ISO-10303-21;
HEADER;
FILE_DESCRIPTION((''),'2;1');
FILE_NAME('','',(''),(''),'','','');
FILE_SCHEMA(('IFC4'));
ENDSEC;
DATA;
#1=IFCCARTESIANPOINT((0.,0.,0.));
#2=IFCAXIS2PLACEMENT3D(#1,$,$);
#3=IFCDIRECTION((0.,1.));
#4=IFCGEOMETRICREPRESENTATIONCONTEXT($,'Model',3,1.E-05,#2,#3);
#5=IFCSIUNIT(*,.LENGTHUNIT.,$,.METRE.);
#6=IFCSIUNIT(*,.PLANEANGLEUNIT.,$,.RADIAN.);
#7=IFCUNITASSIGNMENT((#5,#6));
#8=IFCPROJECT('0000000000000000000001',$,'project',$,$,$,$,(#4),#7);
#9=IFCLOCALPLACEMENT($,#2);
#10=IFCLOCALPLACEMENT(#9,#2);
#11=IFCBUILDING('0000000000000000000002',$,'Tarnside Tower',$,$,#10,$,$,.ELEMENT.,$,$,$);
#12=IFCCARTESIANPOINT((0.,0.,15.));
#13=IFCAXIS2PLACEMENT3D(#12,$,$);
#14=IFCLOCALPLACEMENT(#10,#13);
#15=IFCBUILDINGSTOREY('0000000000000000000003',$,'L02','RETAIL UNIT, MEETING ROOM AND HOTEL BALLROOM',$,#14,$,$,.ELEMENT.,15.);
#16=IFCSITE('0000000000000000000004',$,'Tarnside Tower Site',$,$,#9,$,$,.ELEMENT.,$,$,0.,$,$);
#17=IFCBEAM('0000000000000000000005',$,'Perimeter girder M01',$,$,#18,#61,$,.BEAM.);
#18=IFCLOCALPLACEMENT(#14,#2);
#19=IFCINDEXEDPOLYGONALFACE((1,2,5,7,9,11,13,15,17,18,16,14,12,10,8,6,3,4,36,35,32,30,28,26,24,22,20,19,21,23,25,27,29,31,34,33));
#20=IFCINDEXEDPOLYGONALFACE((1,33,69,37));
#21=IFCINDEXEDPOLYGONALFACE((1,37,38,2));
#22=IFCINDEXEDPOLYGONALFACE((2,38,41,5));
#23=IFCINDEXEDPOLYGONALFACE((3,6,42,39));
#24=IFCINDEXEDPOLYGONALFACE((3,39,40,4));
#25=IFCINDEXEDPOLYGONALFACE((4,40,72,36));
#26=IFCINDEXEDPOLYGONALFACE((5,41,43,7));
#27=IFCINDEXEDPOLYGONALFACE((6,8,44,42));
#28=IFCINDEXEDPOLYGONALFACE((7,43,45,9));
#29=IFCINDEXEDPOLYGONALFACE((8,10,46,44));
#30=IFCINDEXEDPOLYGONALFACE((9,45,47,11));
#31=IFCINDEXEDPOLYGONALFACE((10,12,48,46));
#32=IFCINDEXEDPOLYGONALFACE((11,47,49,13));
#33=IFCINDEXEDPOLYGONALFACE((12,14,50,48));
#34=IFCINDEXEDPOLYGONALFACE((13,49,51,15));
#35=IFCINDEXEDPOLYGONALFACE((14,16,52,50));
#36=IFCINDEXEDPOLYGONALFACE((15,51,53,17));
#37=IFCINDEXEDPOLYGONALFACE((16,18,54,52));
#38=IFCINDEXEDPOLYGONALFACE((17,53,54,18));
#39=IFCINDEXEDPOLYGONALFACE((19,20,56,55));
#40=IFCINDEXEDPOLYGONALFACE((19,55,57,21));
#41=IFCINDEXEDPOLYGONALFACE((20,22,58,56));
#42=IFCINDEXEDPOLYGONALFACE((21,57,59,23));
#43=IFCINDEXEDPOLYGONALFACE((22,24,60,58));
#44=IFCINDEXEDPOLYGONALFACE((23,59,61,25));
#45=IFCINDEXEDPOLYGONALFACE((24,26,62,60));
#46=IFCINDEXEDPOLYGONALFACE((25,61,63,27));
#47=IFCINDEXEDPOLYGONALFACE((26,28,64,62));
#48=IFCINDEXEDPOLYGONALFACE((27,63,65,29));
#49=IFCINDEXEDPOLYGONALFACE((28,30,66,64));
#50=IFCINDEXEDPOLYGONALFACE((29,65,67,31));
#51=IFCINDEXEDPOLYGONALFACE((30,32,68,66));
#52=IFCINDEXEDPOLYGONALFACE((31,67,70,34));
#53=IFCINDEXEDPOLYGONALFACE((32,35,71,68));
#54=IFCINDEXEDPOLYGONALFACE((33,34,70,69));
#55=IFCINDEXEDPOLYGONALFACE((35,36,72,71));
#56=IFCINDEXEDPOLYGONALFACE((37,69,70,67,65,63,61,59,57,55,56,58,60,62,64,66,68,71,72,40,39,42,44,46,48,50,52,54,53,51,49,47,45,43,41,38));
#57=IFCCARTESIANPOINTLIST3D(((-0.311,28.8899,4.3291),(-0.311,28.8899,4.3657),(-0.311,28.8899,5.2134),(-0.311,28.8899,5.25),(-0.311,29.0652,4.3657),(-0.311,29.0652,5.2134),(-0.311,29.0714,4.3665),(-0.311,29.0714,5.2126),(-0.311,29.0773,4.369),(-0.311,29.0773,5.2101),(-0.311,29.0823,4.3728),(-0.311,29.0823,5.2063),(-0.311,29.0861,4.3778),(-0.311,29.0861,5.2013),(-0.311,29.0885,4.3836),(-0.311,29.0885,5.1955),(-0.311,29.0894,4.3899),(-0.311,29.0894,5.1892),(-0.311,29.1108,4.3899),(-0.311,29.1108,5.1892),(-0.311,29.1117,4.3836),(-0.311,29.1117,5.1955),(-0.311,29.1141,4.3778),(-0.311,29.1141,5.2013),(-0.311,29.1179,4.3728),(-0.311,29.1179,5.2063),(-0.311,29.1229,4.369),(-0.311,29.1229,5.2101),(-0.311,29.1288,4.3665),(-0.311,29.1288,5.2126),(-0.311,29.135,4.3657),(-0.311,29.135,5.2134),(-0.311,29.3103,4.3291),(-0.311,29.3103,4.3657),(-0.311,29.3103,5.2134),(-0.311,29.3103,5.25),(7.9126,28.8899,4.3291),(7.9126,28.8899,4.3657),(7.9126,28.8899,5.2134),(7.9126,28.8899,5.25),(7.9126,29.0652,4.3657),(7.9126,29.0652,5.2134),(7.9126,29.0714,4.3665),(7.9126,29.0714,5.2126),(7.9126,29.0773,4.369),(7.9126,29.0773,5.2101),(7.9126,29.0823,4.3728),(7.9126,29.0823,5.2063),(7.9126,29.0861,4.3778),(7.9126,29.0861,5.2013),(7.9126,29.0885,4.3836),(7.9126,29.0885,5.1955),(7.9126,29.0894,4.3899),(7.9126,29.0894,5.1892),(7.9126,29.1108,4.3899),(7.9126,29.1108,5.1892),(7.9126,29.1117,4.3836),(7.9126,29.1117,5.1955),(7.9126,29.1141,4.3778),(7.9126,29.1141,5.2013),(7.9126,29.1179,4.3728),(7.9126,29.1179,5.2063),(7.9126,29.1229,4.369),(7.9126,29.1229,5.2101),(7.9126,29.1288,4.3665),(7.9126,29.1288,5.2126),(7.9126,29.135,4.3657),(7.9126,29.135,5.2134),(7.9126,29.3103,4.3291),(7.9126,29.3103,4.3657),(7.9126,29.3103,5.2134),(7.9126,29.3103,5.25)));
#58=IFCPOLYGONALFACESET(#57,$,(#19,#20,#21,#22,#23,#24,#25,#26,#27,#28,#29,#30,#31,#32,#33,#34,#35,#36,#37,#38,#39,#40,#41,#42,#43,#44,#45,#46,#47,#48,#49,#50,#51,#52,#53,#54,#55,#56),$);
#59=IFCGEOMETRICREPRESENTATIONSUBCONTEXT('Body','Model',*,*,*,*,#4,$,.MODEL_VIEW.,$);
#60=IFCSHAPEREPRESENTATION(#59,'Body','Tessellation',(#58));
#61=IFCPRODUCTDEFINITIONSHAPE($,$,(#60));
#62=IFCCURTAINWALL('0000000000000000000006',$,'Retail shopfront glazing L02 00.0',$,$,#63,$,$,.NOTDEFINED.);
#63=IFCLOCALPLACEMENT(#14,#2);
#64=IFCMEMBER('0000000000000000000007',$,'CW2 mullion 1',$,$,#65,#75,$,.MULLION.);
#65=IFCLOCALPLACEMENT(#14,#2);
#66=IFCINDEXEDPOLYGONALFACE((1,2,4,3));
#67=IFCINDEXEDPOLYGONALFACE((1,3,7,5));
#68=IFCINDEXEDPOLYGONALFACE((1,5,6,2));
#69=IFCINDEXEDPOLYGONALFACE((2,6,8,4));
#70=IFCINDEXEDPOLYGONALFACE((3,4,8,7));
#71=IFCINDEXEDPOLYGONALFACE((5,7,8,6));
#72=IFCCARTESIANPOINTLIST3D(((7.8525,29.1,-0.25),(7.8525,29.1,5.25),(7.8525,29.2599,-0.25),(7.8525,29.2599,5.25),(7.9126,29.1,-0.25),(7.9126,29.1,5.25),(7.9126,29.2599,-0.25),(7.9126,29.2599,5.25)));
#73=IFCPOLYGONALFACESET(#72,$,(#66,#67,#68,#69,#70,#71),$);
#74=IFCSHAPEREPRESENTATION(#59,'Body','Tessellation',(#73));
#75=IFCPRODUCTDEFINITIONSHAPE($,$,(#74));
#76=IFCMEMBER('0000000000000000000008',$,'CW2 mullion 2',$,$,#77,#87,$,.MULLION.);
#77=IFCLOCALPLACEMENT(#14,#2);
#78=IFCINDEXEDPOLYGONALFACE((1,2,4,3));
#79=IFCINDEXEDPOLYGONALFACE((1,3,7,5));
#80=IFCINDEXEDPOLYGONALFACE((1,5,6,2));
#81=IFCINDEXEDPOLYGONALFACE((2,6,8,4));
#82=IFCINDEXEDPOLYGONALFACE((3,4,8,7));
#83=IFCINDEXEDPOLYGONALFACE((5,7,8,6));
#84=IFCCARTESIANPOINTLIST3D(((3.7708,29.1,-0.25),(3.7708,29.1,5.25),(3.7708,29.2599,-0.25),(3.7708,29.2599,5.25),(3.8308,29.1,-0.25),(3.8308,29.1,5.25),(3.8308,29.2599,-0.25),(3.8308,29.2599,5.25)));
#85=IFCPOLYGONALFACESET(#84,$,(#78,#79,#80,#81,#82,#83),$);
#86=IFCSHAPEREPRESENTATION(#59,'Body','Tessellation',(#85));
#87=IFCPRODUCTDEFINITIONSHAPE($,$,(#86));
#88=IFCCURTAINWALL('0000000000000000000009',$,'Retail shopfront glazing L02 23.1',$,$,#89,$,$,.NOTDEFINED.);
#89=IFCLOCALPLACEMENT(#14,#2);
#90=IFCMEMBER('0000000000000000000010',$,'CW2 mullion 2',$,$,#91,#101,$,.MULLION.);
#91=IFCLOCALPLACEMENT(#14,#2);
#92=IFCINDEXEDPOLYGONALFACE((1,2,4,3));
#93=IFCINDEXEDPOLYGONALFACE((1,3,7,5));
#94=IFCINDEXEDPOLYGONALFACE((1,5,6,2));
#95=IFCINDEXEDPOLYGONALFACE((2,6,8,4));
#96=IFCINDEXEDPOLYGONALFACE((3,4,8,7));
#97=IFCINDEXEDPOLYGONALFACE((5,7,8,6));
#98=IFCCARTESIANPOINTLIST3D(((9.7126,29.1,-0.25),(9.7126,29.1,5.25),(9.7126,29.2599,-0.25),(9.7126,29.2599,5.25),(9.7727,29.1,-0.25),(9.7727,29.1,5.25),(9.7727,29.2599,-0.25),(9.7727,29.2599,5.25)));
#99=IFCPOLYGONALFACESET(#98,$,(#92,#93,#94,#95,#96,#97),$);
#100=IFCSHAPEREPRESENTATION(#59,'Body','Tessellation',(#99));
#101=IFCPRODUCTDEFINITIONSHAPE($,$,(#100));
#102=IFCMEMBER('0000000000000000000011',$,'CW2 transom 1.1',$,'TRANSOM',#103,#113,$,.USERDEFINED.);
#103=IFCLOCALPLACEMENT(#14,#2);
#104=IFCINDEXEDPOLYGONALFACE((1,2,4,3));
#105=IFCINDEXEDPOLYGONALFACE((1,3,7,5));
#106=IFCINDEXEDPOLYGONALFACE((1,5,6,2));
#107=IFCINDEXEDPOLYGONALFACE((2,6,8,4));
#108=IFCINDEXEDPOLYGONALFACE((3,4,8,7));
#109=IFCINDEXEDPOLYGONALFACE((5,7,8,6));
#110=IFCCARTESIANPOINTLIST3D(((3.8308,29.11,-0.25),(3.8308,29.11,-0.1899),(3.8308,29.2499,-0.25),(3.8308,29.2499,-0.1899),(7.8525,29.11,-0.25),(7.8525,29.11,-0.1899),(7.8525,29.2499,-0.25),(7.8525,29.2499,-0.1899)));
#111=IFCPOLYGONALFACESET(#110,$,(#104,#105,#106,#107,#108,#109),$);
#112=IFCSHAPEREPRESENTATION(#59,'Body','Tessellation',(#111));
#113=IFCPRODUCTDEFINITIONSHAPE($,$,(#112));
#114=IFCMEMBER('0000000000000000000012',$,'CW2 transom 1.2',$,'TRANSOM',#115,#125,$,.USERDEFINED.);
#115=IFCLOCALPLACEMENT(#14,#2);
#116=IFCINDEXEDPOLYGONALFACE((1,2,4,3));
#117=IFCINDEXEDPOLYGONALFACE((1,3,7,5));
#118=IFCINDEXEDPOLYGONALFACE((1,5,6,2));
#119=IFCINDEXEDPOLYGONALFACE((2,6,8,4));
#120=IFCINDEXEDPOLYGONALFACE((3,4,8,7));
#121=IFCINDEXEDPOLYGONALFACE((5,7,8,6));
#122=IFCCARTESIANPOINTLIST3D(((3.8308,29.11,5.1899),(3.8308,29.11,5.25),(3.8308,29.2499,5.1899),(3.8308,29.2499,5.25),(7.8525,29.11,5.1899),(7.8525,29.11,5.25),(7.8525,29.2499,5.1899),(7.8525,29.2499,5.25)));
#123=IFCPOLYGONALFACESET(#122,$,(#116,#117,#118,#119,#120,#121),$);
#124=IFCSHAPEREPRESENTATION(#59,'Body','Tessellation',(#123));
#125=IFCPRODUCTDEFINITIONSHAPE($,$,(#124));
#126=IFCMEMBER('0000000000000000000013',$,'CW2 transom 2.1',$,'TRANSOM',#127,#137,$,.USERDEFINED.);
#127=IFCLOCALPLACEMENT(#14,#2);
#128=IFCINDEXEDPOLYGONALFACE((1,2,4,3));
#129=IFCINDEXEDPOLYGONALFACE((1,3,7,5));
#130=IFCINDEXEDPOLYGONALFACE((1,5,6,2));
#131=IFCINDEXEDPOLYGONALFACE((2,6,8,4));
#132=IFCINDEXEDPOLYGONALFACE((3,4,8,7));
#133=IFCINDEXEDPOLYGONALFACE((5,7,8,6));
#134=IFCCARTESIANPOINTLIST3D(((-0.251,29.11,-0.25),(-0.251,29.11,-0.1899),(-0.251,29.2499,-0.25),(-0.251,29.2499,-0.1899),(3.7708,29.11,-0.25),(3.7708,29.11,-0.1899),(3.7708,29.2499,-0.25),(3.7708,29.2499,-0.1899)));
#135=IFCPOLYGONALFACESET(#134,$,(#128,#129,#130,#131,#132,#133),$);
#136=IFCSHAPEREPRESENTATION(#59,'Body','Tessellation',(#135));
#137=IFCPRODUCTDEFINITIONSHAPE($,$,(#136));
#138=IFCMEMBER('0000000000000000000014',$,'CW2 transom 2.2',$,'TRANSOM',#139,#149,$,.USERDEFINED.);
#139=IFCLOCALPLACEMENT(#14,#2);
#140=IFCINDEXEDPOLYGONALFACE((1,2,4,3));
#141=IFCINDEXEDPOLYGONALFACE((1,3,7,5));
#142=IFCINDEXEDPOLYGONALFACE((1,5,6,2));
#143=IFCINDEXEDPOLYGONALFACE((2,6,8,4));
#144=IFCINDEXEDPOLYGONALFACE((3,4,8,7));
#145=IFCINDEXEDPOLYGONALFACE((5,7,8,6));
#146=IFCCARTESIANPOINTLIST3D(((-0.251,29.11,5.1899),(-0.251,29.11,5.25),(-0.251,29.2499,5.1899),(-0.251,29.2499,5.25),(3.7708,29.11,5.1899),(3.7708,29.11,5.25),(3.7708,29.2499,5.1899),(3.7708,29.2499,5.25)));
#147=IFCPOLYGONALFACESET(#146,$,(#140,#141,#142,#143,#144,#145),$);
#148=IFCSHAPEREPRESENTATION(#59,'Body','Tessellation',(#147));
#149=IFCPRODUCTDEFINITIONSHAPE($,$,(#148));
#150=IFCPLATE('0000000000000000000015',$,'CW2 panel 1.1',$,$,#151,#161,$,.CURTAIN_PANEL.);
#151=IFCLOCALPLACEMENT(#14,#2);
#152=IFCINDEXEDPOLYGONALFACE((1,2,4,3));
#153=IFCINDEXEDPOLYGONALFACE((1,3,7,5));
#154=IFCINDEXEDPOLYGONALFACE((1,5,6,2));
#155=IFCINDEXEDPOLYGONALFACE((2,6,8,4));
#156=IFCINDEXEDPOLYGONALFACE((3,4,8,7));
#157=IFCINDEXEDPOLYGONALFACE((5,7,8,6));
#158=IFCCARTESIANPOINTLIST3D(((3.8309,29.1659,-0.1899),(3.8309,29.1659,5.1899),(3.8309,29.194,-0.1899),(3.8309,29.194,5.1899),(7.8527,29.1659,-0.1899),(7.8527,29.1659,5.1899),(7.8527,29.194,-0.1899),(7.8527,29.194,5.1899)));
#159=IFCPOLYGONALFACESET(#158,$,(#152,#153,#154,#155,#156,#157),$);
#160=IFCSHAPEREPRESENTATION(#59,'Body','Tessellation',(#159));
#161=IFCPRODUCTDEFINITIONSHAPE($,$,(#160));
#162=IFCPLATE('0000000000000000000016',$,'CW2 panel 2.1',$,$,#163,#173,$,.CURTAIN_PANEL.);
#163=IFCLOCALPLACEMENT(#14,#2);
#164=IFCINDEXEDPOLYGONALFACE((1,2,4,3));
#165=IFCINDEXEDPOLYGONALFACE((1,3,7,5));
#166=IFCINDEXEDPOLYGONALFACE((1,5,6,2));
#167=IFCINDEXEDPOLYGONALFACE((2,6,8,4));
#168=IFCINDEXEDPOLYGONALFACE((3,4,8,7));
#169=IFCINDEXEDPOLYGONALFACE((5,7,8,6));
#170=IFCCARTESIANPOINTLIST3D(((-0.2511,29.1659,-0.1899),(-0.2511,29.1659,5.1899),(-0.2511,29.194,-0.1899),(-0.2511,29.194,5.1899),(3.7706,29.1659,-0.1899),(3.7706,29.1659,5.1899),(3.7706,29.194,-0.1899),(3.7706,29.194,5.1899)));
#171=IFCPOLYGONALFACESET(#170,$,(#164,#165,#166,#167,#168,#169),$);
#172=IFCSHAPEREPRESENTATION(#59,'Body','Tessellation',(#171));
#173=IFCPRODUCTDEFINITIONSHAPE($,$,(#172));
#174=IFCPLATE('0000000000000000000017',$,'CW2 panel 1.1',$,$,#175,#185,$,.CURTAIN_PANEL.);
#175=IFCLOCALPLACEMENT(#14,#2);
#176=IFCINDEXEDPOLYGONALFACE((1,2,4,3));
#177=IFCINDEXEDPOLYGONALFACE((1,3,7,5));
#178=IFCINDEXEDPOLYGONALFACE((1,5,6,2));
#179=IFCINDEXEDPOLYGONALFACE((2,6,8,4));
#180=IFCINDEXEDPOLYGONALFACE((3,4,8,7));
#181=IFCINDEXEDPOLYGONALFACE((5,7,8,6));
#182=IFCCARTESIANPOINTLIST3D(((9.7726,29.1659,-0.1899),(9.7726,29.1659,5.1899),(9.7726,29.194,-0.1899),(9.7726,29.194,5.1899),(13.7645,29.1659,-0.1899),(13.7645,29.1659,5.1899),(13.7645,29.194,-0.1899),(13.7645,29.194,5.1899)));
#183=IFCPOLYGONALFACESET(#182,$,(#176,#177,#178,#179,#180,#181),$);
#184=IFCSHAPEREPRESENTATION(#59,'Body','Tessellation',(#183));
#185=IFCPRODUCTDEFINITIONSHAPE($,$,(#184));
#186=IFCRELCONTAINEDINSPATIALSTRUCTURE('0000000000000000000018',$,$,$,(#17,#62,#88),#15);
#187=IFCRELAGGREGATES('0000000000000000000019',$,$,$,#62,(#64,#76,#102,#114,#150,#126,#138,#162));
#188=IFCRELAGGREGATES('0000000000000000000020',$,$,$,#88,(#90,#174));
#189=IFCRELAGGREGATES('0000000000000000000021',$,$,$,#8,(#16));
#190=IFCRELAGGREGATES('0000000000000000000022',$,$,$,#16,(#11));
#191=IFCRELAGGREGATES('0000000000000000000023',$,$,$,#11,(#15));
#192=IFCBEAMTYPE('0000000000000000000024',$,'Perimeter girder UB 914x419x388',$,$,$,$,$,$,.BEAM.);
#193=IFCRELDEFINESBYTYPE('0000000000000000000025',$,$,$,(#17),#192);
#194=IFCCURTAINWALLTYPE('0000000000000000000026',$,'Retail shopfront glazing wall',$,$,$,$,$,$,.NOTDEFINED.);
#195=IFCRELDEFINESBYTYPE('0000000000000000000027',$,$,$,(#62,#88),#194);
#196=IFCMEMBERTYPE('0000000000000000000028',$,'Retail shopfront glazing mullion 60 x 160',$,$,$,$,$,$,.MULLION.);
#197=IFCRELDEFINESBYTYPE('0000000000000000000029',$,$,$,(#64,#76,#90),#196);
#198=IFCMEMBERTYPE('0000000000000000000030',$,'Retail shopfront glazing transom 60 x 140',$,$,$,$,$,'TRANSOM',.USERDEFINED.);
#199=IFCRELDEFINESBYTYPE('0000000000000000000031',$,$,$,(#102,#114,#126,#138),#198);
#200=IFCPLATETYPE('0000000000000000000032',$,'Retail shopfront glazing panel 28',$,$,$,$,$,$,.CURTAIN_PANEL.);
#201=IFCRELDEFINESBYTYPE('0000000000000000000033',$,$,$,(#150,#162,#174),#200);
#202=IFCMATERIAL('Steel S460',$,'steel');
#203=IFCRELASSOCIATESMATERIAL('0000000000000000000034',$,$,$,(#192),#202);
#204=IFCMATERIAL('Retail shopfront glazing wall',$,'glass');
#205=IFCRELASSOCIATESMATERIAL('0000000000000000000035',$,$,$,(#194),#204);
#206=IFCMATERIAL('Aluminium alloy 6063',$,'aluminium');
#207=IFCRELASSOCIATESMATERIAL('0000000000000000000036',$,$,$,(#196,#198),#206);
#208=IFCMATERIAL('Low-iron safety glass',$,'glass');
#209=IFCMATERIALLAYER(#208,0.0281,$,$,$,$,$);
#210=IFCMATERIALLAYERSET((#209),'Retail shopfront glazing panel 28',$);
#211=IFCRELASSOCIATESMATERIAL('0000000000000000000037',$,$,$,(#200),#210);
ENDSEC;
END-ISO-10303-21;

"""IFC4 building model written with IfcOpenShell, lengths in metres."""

from ifc_helpers import new_model, si_unit, direction, frame, origin, origin_2d, place, context, subcontext, project, spatial, rectangle, i_section, extrude, material, layer, layer_set, material_profile, profile_set, type_object, element, aggregate, save


model = new_model("IFC4")

# Units and contexts
model_context = context("Model", 3, precision=1e-05, world=origin(), true_north=direction((0.0, 1.0)))
body_context = subcontext(model_context, "Body", "Model", "MODEL_VIEW")
ifc_project = project(units=[si_unit("LENGTHUNIT", "METRE"), si_unit("PLANEANGLEUNIT", "RADIAN")], contexts=[model_context])

# Site, building, storey
site_placement = place(None, origin())
site = spatial("IfcSite", under=ifc_project, at=site_placement, Name="Tarnside Tower Site", CompositionType="ELEMENT", RefElevation=0.0)
building_placement = place(site_placement, origin())
building = spatial("IfcBuilding", under=site, at=building_placement, Name="Tarnside Tower", CompositionType="ELEMENT")
storey_placement = place(building_placement, frame((0.0, 0.0, 15.0)))
storey = spatial("IfcBuildingStorey", under=building, at=storey_placement, Name="L02", Description="RETAIL UNIT, MEETING ROOM AND HOTEL BALLROOM", CompositionType="ELEMENT", Elevation=15.0)

# Beam
ifc_material_1 = material(Name="Steel S460", Category="steel")
ifc_material_profile_1 = material_profile(ifc_material_1, i_section(OverallWidth=0.4204, OverallDepth=0.9209, WebThickness=0.0215, FlangeThickness=0.0366, FilletRadius=0.0242, at=origin_2d()), Name="UB 914x419x388")
ifc_profile_set_1 = profile_set([ifc_material_profile_1], Name="Steel S460")
beam_type_1 = type_object("IfcBeamType", Name="Perimeter girder UB 914x419x388", PredefinedType="BEAM", material=ifc_profile_set_1)
beam_1_placement = place(storey_placement, frame((7.9126, 29.1001, 4.7896), z_axis=(-1.0, 0.0, 0.0), x_axis=(0.0, -1.0, 0.0)))
element("IfcBeam", 1, at=beam_1_placement, inside=storey, type_object=beam_type_1, Name="Perimeter girder M01", PredefinedType="BEAM", context=body_context, shape_type="SweptSolid", body=[
    extrude(i_section(OverallWidth=0.4204, OverallDepth=0.9209, WebThickness=0.0215, FlangeThickness=0.0366, FilletRadius=0.0242, at=origin_2d()), origin(), (0.0, 0.0, 1.0), 8.2236),
])

# Curtain wall, members
ifc_material_2 = material(Name="Retail shopfront glazing wall", Category="glass")
curtain_wall_type = type_object("IfcCurtainWallType", Name="Retail shopfront glazing wall", PredefinedType="NOTDEFINED", material=ifc_material_2)
curtain_wall_1_placement = place(storey_placement, origin())
curtain_wall_1 = element("IfcCurtainWall", 2, at=curtain_wall_1_placement, inside=storey, type_object=curtain_wall_type, Name="Retail shopfront glazing L02 00.0", PredefinedType="NOTDEFINED")
ifc_material_3 = material(Name="Aluminium alloy 6063", Category="aluminium")
ifc_material_profile_2 = material_profile(ifc_material_3, rectangle(XDim=0.1599, YDim=0.0601, at=origin_2d()), Name="Retail shopfront glazing mullion 60 x 160")
ifc_profile_set_2 = profile_set([ifc_material_profile_2], Name="Aluminium alloy 6063")
member_type_1 = type_object("IfcMemberType", Name="Retail shopfront glazing mullion 60 x 160", PredefinedType="MULLION", material=ifc_profile_set_2)
member_1_placement = place(storey_placement, frame((7.8826, 29.1799, -0.25), z_axis=(0.0, 0.0, 1.0), x_axis=(0.0, -1.0, 0.0)))
member_1 = element("IfcMember", 3, at=member_1_placement, type_object=member_type_1, Name="CW2 mullion 1", PredefinedType="MULLION", context=body_context, shape_type="SweptSolid", body=[
    extrude(rectangle(XDim=0.1599, YDim=0.0601, at=origin_2d()), origin(), (0.0, 0.0, 1.0), 5.5),
])
member_2_placement = place(storey_placement, frame((3.8008, 29.1799, -0.25), z_axis=(0.0, 0.0, 1.0), x_axis=(0.0, -1.0, 0.0)))
member_2 = element("IfcMember", 4, at=member_2_placement, type_object=member_type_1, Name="CW2 mullion 2", PredefinedType="MULLION", context=body_context, shape_type="SweptSolid", body=[
    extrude(rectangle(XDim=0.1599, YDim=0.0601, at=origin_2d()), origin(), (0.0, 0.0, 1.0), 5.5),
])

# Curtain wall, member
curtain_wall_2_placement = place(storey_placement, origin())
curtain_wall_2 = element("IfcCurtainWall", 5, at=curtain_wall_2_placement, inside=storey, type_object=curtain_wall_type, Name="Retail shopfront glazing L02 23.1", PredefinedType="NOTDEFINED")
member_3_placement = place(storey_placement, frame((9.7427, 29.1799, -0.25), z_axis=(0.0, 0.0, 1.0), x_axis=(0.0, -1.0, 0.0)))
member_3 = element("IfcMember", 6, at=member_3_placement, type_object=member_type_1, Name="CW2 mullion 2", PredefinedType="MULLION", context=body_context, shape_type="SweptSolid", body=[
    extrude(rectangle(XDim=0.1599, YDim=0.0601, at=origin_2d()), origin(), (0.0, 0.0, 1.0), 5.5),
])

# Members
ifc_material_profile_3 = material_profile(ifc_material_3, rectangle(XDim=0.1399, YDim=0.0601, at=origin_2d()), Name="Retail shopfront glazing transom 60 x 140")
ifc_profile_set_3 = profile_set([ifc_material_profile_3], Name="Aluminium alloy 6063")
member_type_2 = type_object("IfcMemberType", Name="Retail shopfront glazing transom 60 x 140", ElementType="TRANSOM", PredefinedType="USERDEFINED", material=ifc_profile_set_3)
member_4_placement = place(storey_placement, frame((7.8525, 29.1799, -0.22), z_axis=(-1.0, 0.0, 0.0), x_axis=(0.0, -1.0, 0.0)))
member_4 = element("IfcMember", 7, at=member_4_placement, type_object=member_type_2, Name="CW2 transom 1.1", ObjectType="TRANSOM", PredefinedType="USERDEFINED", context=body_context, shape_type="SweptSolid", body=[
    extrude(rectangle(XDim=0.1399, YDim=0.0601, at=origin_2d()), origin(), (0.0, 0.0, 1.0), 4.0217),
])
member_5_placement = place(storey_placement, frame((7.8525, 29.1799, 5.22), z_axis=(-1.0, 0.0, 0.0), x_axis=(0.0, -1.0, 0.0)))
member_5 = element("IfcMember", 8, at=member_5_placement, type_object=member_type_2, Name="CW2 transom 1.2", ObjectType="TRANSOM", PredefinedType="USERDEFINED", context=body_context, shape_type="SweptSolid", body=[
    extrude(rectangle(XDim=0.1399, YDim=0.0601, at=origin_2d()), origin(), (0.0, 0.0, 1.0), 4.0217),
])
member_6_placement = place(storey_placement, frame((3.7708, 29.1799, -0.22), z_axis=(-1.0, 0.0, 0.0), x_axis=(0.0, -1.0, 0.0)))
member_6 = element("IfcMember", 9, at=member_6_placement, type_object=member_type_2, Name="CW2 transom 2.1", ObjectType="TRANSOM", PredefinedType="USERDEFINED", context=body_context, shape_type="SweptSolid", body=[
    extrude(rectangle(XDim=0.1399, YDim=0.0601, at=origin_2d()), origin(), (0.0, 0.0, 1.0), 4.0217),
])
member_7_placement = place(storey_placement, frame((3.7708, 29.1799, 5.22), z_axis=(-1.0, 0.0, 0.0), x_axis=(0.0, -1.0, 0.0)))
member_7 = element("IfcMember", 10, at=member_7_placement, type_object=member_type_2, Name="CW2 transom 2.2", ObjectType="TRANSOM", PredefinedType="USERDEFINED", context=body_context, shape_type="SweptSolid", body=[
    extrude(rectangle(XDim=0.1399, YDim=0.0601, at=origin_2d()), origin(), (0.0, 0.0, 1.0), 4.0217),
])

# Plates
ifc_material_4 = material(Name="Low-iron safety glass", Category="glass")
ifc_layer_1 = layer(ifc_material_4, 0.0281)
ifc_layer_set_1 = layer_set([ifc_layer_1], Name="Retail shopfront glazing panel 28")
plate_type = type_object("IfcPlateType", Name="Retail shopfront glazing panel 28", PredefinedType="CURTAIN_PANEL", material=ifc_layer_set_1)
plate_1_placement = place(storey_placement, frame((5.8418, 29.1799, -0.1899), z_axis=(0.0, 0.0, 1.0), x_axis=(-1.0, 0.0, 0.0)))
plate_1 = element("IfcPlate", 11, at=plate_1_placement, type_object=plate_type, Name="CW2 panel 1.1", PredefinedType="CURTAIN_PANEL", context=body_context, shape_type="SweptSolid", body=[
    extrude(rectangle(XDim=4.0217, YDim=0.0281, at=origin_2d()), origin(), (0.0, 0.0, 1.0), 5.3799),
])
plate_2_placement = place(storey_placement, frame((1.7598, 29.1799, -0.1899), z_axis=(0.0, 0.0, 1.0), x_axis=(-1.0, 0.0, 0.0)))
plate_2 = element("IfcPlate", 12, at=plate_2_placement, type_object=plate_type, Name="CW2 panel 2.1", PredefinedType="CURTAIN_PANEL", context=body_context, shape_type="SweptSolid", body=[
    extrude(rectangle(XDim=4.0217, YDim=0.0281, at=origin_2d()), origin(), (0.0, 0.0, 1.0), 5.3799),
])
aggregate(curtain_wall_1, [member_1, member_2, member_4, member_5, plate_1, member_6, member_7, plate_2])
plate_3_placement = place(storey_placement, frame((11.7686, 29.1799, -0.1899), z_axis=(0.0, 0.0, 1.0), x_axis=(-1.0, 0.0, 0.0)))
plate_3 = element("IfcPlate", 13, at=plate_3_placement, type_object=plate_type, Name="CW2 panel 1.1", PredefinedType="CURTAIN_PANEL", context=body_context, shape_type="SweptSolid", body=[
    extrude(rectangle(XDim=3.9919, YDim=0.0281, at=origin_2d()), origin(), (0.0, 0.0, 1.0), 5.3799),
])
aggregate(curtain_wall_2, [member_3, plate_3])

save(model, "model.ifc")
